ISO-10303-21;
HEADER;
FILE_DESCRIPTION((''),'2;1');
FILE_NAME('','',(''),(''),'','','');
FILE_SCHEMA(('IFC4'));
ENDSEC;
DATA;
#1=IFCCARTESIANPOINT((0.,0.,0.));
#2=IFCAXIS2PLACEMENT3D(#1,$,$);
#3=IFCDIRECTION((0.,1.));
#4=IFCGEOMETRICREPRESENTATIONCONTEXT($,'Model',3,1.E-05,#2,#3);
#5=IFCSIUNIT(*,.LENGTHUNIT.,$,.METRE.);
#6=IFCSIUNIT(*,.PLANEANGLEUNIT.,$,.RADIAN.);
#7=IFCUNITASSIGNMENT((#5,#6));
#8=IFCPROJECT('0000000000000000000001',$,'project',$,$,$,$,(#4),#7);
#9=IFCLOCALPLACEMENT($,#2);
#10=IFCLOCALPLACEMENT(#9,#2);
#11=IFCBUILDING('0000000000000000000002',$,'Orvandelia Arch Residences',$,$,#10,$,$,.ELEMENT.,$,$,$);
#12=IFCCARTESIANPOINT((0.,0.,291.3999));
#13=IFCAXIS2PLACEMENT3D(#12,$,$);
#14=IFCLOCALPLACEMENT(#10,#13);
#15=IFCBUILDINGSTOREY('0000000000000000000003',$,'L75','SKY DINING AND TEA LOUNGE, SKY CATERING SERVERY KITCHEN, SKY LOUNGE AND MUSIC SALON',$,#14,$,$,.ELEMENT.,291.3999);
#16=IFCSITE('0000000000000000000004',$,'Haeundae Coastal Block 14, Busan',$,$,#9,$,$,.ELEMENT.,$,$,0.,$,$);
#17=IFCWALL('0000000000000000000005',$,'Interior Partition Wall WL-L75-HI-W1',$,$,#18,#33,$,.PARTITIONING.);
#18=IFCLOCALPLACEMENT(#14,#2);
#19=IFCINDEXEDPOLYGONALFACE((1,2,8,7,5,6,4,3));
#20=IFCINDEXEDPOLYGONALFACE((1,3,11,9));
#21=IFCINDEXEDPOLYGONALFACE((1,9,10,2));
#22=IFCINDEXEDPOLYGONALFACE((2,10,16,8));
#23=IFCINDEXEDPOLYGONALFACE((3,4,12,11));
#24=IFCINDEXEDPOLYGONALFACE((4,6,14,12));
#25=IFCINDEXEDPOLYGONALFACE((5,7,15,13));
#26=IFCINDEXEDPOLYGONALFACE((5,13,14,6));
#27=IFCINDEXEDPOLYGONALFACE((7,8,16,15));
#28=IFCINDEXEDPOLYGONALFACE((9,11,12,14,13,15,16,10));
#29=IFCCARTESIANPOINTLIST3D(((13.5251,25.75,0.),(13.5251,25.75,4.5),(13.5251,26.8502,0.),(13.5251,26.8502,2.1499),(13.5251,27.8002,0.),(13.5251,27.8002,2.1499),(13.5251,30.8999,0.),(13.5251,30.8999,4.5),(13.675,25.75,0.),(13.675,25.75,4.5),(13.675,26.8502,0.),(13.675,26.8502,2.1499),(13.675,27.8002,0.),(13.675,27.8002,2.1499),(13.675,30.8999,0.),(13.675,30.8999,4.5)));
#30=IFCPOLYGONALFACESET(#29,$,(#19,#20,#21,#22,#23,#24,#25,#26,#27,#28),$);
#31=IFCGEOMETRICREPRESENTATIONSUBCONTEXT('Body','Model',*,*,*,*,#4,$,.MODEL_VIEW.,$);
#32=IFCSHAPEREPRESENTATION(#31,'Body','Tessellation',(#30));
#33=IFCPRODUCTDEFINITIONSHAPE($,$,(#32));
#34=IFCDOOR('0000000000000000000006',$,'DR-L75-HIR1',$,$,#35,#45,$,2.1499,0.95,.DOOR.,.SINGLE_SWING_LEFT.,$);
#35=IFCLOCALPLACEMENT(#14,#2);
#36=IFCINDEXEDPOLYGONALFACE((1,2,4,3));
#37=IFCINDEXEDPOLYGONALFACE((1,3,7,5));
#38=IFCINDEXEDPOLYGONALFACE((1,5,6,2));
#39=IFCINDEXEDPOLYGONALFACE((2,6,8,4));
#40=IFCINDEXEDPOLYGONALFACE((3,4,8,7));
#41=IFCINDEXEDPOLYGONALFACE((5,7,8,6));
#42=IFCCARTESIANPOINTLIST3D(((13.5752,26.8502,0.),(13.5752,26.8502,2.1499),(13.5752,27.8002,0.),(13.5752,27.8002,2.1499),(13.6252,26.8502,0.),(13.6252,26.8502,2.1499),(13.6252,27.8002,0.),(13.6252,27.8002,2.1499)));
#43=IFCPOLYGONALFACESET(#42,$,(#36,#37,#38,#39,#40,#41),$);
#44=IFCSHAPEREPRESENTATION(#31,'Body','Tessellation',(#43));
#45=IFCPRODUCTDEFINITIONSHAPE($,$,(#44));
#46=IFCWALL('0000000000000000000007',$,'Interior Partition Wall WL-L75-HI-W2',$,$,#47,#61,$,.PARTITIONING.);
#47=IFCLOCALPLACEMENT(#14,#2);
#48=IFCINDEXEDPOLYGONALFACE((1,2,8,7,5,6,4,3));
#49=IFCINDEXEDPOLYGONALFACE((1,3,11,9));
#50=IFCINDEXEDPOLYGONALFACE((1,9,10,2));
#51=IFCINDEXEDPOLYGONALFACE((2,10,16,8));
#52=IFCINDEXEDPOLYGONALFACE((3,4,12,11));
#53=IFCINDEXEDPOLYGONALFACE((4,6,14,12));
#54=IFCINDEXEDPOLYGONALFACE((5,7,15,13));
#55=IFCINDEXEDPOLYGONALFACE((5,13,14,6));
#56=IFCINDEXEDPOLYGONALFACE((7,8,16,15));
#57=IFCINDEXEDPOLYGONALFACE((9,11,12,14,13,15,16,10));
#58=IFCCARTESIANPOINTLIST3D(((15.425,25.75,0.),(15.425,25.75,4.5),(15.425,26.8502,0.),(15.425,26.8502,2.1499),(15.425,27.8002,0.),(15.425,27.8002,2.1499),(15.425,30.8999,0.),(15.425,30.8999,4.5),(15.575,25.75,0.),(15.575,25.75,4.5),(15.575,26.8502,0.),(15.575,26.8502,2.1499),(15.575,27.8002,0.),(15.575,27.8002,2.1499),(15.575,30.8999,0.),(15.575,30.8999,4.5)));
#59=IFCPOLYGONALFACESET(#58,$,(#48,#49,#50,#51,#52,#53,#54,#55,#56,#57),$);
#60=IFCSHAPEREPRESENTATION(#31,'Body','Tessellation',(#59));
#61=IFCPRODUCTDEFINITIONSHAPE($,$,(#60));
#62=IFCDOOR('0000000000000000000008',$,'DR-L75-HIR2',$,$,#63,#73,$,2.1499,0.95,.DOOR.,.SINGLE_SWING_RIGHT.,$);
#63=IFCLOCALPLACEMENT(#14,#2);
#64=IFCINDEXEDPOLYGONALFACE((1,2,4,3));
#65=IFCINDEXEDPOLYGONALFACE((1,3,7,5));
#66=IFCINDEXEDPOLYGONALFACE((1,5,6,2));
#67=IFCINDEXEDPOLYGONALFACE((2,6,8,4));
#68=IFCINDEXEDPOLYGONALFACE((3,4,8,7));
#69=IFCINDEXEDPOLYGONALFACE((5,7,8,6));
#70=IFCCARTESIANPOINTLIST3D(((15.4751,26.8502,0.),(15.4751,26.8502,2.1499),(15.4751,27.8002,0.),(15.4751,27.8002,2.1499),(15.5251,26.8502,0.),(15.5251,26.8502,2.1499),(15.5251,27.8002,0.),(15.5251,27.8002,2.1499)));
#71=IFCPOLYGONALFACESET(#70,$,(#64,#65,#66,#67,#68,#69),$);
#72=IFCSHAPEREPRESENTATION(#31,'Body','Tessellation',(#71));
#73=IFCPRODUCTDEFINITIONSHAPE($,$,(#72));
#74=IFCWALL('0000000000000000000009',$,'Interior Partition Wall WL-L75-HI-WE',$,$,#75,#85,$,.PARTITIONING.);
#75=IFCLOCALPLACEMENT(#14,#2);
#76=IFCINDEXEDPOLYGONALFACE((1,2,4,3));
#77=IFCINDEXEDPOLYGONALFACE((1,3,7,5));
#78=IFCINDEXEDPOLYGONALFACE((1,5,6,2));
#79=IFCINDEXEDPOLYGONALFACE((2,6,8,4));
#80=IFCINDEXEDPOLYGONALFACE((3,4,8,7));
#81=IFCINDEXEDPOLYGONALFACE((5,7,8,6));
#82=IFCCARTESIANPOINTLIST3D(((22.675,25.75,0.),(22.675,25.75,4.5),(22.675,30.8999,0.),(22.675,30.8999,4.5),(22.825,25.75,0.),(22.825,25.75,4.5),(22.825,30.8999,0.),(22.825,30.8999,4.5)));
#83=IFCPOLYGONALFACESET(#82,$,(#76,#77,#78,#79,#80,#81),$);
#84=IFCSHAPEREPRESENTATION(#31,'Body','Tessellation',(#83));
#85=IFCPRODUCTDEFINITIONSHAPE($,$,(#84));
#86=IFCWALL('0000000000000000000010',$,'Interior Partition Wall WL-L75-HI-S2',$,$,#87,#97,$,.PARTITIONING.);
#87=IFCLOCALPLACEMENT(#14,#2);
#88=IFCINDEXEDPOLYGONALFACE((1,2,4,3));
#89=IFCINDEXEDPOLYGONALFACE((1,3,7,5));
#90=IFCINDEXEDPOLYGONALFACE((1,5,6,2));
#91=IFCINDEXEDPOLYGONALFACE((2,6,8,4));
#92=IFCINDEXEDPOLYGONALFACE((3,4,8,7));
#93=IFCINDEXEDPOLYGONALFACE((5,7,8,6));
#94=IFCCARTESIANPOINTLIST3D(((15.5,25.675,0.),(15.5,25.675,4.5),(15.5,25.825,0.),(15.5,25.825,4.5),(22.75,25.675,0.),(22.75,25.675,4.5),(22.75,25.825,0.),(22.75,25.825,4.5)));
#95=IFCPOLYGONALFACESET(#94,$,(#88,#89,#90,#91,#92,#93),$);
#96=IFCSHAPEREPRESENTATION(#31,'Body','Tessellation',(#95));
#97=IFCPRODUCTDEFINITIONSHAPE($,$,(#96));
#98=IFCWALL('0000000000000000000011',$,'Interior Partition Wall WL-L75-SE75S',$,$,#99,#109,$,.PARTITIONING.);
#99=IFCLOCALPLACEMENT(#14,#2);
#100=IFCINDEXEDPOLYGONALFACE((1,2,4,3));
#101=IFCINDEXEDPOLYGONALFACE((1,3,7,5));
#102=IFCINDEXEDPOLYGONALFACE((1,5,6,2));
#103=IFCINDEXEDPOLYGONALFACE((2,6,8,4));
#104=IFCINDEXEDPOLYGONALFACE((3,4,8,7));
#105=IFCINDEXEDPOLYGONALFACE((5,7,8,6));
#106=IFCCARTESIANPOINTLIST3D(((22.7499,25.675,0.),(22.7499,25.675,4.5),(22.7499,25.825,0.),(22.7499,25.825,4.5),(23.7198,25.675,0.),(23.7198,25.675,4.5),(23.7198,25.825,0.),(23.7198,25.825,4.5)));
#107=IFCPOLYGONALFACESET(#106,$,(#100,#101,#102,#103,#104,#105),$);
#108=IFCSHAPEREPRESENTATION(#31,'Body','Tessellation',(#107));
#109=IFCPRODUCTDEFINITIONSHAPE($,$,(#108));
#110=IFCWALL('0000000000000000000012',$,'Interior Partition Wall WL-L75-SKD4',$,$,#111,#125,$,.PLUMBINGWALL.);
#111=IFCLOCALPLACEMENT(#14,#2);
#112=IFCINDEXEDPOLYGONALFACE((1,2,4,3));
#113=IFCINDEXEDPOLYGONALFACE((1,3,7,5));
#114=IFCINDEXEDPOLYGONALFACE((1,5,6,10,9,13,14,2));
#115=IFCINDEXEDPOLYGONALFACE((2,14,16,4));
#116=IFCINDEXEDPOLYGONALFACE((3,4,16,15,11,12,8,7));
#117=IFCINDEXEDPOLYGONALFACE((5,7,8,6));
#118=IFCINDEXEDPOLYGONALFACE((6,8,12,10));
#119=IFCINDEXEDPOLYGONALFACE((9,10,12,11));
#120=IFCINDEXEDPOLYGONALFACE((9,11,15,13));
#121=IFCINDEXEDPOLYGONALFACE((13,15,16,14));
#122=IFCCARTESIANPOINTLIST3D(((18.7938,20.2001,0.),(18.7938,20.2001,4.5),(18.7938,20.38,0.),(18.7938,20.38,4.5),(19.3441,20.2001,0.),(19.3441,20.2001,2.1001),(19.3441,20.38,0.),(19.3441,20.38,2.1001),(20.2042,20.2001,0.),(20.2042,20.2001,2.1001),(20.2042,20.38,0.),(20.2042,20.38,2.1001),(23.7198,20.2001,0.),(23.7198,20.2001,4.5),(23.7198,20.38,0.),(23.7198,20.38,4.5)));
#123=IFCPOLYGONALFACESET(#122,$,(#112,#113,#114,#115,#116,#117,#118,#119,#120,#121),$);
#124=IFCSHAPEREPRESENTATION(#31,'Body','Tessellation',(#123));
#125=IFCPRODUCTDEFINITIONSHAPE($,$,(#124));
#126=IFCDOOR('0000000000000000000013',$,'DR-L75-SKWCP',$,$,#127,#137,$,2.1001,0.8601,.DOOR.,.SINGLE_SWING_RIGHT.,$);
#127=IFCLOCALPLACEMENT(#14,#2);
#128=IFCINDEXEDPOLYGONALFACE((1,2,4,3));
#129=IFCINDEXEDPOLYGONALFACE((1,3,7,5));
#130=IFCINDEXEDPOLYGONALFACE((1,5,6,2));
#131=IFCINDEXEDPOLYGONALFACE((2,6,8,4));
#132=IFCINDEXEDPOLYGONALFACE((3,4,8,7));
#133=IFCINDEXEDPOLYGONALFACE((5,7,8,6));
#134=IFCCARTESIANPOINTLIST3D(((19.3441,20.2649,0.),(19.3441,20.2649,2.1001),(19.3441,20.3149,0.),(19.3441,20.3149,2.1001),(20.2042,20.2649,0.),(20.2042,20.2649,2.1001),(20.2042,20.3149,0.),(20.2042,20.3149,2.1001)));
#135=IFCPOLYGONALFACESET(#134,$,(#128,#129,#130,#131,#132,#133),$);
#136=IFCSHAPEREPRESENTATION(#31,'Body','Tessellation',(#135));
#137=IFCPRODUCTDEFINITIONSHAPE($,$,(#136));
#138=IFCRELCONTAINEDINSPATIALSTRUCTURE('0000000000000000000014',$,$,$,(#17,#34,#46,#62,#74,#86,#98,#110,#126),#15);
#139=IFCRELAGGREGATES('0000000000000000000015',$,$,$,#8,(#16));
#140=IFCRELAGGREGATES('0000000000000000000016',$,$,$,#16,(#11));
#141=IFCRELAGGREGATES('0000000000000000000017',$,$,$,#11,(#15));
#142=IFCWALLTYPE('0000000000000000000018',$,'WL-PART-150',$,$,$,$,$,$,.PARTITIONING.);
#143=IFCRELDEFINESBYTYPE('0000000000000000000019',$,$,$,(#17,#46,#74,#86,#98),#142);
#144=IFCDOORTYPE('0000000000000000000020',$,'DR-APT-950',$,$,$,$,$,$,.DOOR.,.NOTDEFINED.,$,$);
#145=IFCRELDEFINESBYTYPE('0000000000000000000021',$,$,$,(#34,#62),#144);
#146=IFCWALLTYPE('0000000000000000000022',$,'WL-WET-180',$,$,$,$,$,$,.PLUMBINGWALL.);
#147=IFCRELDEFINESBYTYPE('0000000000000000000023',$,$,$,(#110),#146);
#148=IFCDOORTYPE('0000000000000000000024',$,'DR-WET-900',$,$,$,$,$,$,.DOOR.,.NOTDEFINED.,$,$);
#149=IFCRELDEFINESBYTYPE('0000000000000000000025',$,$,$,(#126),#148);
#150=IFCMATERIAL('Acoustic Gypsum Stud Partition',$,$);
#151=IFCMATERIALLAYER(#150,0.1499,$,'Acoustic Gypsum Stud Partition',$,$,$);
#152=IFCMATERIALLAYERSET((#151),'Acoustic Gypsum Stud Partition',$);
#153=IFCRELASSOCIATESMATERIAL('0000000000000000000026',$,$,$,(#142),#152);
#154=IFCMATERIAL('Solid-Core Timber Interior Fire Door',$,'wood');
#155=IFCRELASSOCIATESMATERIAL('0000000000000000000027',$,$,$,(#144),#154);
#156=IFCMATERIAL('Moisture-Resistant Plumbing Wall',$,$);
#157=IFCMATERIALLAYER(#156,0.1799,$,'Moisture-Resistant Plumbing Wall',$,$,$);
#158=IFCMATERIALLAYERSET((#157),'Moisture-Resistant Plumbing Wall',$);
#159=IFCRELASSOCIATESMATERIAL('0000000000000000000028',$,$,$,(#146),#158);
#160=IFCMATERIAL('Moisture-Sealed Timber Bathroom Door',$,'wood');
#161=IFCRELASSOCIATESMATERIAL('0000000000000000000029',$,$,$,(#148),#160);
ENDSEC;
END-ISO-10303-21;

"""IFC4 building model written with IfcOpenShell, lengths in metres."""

from ifc_helpers import new_model, si_unit, direction, frame, frame_2d, origin, place, context, subcontext, project, spatial, rectangle, extrude, material, layer, layer_set, type_object, element, fill, save


model = new_model("IFC4")

# Units and contexts
model_context = context("Model", 3, precision=1e-05, world=origin(), true_north=direction((0.0, 1.0)))
body_context = subcontext(model_context, "Body", "Model", "MODEL_VIEW")
ifc_project = project(units=[si_unit("LENGTHUNIT", "METRE"), si_unit("PLANEANGLEUNIT", "RADIAN")], contexts=[model_context])

# Site, building, storey
site_placement = place(None, origin())
site = spatial("IfcSite", under=ifc_project, at=site_placement, Name="Haeundae Coastal Block 14, Busan", CompositionType="ELEMENT", RefElevation=0.0)
building_placement = place(site_placement, origin())
building = spatial("IfcBuilding", under=site, at=building_placement, Name="Orvandelia Arch Residences", CompositionType="ELEMENT")
storey_placement = place(building_placement, frame((0.0, 0.0, 291.3999)))
storey = spatial("IfcBuildingStorey", under=building, at=storey_placement, Name="L75", Description="SKY DINING AND TEA LOUNGE, SKY CATERING SERVERY KITCHEN, SKY LOUNGE AND MUSIC SALON", CompositionType="ELEMENT", Elevation=291.3999)

# Walls, openings, doors
ifc_material_1 = material(Name="Acoustic Gypsum Stud Partition")
ifc_layer_1 = layer(ifc_material_1, 0.1499, Name="Acoustic Gypsum Stud Partition")
ifc_layer_set_1 = layer_set([ifc_layer_1], Name="Acoustic Gypsum Stud Partition")
wall_type_1 = type_object("IfcWallType", Name="WL-PART-150", PredefinedType="PARTITIONING", material=ifc_layer_set_1)
wall_1_placement = place(storey_placement, frame((13.6001, 25.75, 0.0), z_axis=(0.0, 0.0, 1.0), x_axis=(0.0, 1.0, 0.0)))
wall_1 = element("IfcWall", 1, at=wall_1_placement, inside=storey, type_object=wall_type_1, Name="Interior Partition Wall WL-L75-HI-W1", PredefinedType="PARTITIONING", context=body_context, shape_type="SweptSolid", body=[
    extrude(rectangle(XDim=5.1499, YDim=0.1499, at=frame_2d((2.575, 0.0))), origin(), (0.0, 0.0, 1.0), 4.5),
])
opening_1_placement = place(wall_1_placement, frame((1.1001, 0.0, 0.0)))
opening_1 = element("IfcOpeningElement", 2, at=opening_1_placement, cuts=wall_1, PredefinedType="OPENING", context=body_context, shape_type="SweptSolid", body=[
    extrude(rectangle(XDim=0.95, YDim=2.1499, at=frame_2d((0.4751, 1.075))), frame((0.0, 0.085, 0.0), z_axis=(0.0, -1.0, 0.0), x_axis=(1.0, 0.0, 0.0)), (0.0, 0.0, 1.0), 0.1699),
])
ifc_material_2 = material(Name="Solid-Core Timber Interior Fire Door", Category="wood")
door_type_1 = type_object("IfcDoorType", Name="DR-APT-950", OperationType="NOTDEFINED", PredefinedType="DOOR", material=ifc_material_2)
door_1_placement = place(opening_1_placement, origin())
door_1 = element("IfcDoor", 3, at=door_1_placement, inside=storey, type_object=door_type_1, Name="DR-L75-HIR1", OperationType="SINGLE_SWING_LEFT", OverallHeight=2.1499, OverallWidth=0.95, PredefinedType="DOOR", context=body_context, shape_type="SweptSolid", body=[
    extrude(rectangle(XDim=0.95, YDim=2.1499, at=frame_2d((0.4751, 1.075))), frame((0.0, 0.0249, 0.0), z_axis=(0.0, -1.0, 0.0), x_axis=(1.0, 0.0, 0.0)), (0.0, 0.0, 1.0), 0.05),
])
fill(opening_1, door_1)
wall_2_placement = place(storey_placement, frame((15.5, 25.75, 0.0), z_axis=(0.0, 0.0, 1.0), x_axis=(0.0, 1.0, 0.0)))
wall_2 = element("IfcWall", 4, at=wall_2_placement, inside=storey, type_object=wall_type_1, Name="Interior Partition Wall WL-L75-HI-W2", PredefinedType="PARTITIONING", context=body_context, shape_type="SweptSolid", body=[
    extrude(rectangle(XDim=5.1499, YDim=0.1499, at=frame_2d((2.575, 0.0))), origin(), (0.0, 0.0, 1.0), 4.5),
])
opening_2_placement = place(wall_2_placement, frame((1.1001, 0.0, 0.0)))
opening_2 = element("IfcOpeningElement", 5, at=opening_2_placement, cuts=wall_2, PredefinedType="OPENING", context=body_context, shape_type="SweptSolid", body=[
    extrude(rectangle(XDim=0.95, YDim=2.1499, at=frame_2d((0.4751, 1.075))), frame((0.0, 0.085, 0.0), z_axis=(0.0, -1.0, 0.0), x_axis=(1.0, 0.0, 0.0)), (0.0, 0.0, 1.0), 0.1699),
])
door_2_placement = place(opening_2_placement, origin())
door_2 = element("IfcDoor", 6, at=door_2_placement, inside=storey, type_object=door_type_1, Name="DR-L75-HIR2", OperationType="SINGLE_SWING_RIGHT", OverallHeight=2.1499, OverallWidth=0.95, PredefinedType="DOOR", context=body_context, shape_type="SweptSolid", body=[
    extrude(rectangle(XDim=0.95, YDim=2.1499, at=frame_2d((0.4751, 1.075))), frame((0.0, 0.0249, 0.0), z_axis=(0.0, -1.0, 0.0), x_axis=(1.0, 0.0, 0.0)), (0.0, 0.0, 1.0), 0.05),
])
fill(opening_2, door_2)

# Walls
wall_3_placement = place(storey_placement, frame((22.75, 25.75, 0.0), z_axis=(0.0, 0.0, 1.0), x_axis=(0.0, 1.0, 0.0)))
element("IfcWall", 7, at=wall_3_placement, inside=storey, type_object=wall_type_1, Name="Interior Partition Wall WL-L75-HI-WE", PredefinedType="PARTITIONING", context=body_context, shape_type="SweptSolid", body=[
    extrude(rectangle(XDim=5.1499, YDim=0.1499, at=frame_2d((2.575, 0.0))), origin(), (0.0, 0.0, 1.0), 4.5),
])
wall_4_placement = place(storey_placement, frame((15.5, 25.75, 0.0), z_axis=(0.0, 0.0, 1.0), x_axis=(1.0, 0.0, 0.0)))
element("IfcWall", 8, at=wall_4_placement, inside=storey, type_object=wall_type_1, Name="Interior Partition Wall WL-L75-HI-S2", PredefinedType="PARTITIONING", context=body_context, shape_type="SweptSolid", body=[
    extrude(rectangle(XDim=7.25, YDim=0.1499, at=frame_2d((3.625, 0.0))), origin(), (0.0, 0.0, 1.0), 4.5),
])
wall_5_placement = place(storey_placement, frame((22.75, 25.75, 0.0), z_axis=(0.0, 0.0, 1.0), x_axis=(1.0, 0.0, 0.0)))
element("IfcWall", 9, at=wall_5_placement, inside=storey, type_object=wall_type_1, Name="Interior Partition Wall WL-L75-SE75S", PredefinedType="PARTITIONING", context=body_context, shape_type="SweptSolid", body=[
    extrude(rectangle(XDim=0.97, YDim=0.1499, at=frame_2d((0.4849, 0.0))), origin(), (0.0, 0.0, 1.0), 4.5),
])

# Wall, opening, door
ifc_material_3 = material(Name="Moisture-Resistant Plumbing Wall")
ifc_layer_2 = layer(ifc_material_3, 0.1799, Name="Moisture-Resistant Plumbing Wall")
ifc_layer_set_2 = layer_set([ifc_layer_2], Name="Moisture-Resistant Plumbing Wall")
wall_type_2 = type_object("IfcWallType", Name="WL-WET-180", PredefinedType="PLUMBINGWALL", material=ifc_layer_set_2)
wall_6_placement = place(storey_placement, frame((18.7939, 20.29, 0.0), z_axis=(0.0, 0.0, 1.0), x_axis=(1.0, 0.0, 0.0)))
wall_6 = element("IfcWall", 10, at=wall_6_placement, inside=storey, type_object=wall_type_2, Name="Interior Partition Wall WL-L75-SKD4", PredefinedType="PLUMBINGWALL", context=body_context, shape_type="SweptSolid", body=[
    extrude(rectangle(XDim=4.926, YDim=0.1799, at=frame_2d((2.4629, 0.0))), origin(), (0.0, 0.0, 1.0), 4.5),
])
opening_3_placement = place(wall_6_placement, frame((0.55, 0.0, 0.0)))
opening_3 = element("IfcOpeningElement", 11, at=opening_3_placement, cuts=wall_6, PredefinedType="OPENING", context=body_context, shape_type="SweptSolid", body=[
    extrude(rectangle(XDim=0.8601, YDim=2.1001, at=frame_2d((0.4302, 1.05))), frame((0.0, 0.1001, 0.0), z_axis=(0.0, -1.0, 0.0), x_axis=(1.0, 0.0, 0.0)), (0.0, 0.0, 1.0), 0.2),
])
ifc_material_4 = material(Name="Moisture-Sealed Timber Bathroom Door", Category="wood")
door_type_2 = type_object("IfcDoorType", Name="DR-WET-900", OperationType="NOTDEFINED", PredefinedType="DOOR", material=ifc_material_4)
door_3_placement = place(opening_3_placement, origin())
door_3 = element("IfcDoor", 12, at=door_3_placement, inside=storey, type_object=door_type_2, Name="DR-L75-SKWCP", OperationType="SINGLE_SWING_RIGHT", OverallHeight=2.1001, OverallWidth=0.8601, PredefinedType="DOOR", context=body_context, shape_type="SweptSolid", body=[
    extrude(rectangle(XDim=0.8601, YDim=2.1001, at=frame_2d((0.4302, 1.05))), frame((0.0, 0.0249, 0.0), z_axis=(0.0, -1.0, 0.0), x_axis=(1.0, 0.0, 0.0)), (0.0, 0.0, 1.0), 0.05),
])
fill(opening_3, door_3)

save(model, "model.ifc")
